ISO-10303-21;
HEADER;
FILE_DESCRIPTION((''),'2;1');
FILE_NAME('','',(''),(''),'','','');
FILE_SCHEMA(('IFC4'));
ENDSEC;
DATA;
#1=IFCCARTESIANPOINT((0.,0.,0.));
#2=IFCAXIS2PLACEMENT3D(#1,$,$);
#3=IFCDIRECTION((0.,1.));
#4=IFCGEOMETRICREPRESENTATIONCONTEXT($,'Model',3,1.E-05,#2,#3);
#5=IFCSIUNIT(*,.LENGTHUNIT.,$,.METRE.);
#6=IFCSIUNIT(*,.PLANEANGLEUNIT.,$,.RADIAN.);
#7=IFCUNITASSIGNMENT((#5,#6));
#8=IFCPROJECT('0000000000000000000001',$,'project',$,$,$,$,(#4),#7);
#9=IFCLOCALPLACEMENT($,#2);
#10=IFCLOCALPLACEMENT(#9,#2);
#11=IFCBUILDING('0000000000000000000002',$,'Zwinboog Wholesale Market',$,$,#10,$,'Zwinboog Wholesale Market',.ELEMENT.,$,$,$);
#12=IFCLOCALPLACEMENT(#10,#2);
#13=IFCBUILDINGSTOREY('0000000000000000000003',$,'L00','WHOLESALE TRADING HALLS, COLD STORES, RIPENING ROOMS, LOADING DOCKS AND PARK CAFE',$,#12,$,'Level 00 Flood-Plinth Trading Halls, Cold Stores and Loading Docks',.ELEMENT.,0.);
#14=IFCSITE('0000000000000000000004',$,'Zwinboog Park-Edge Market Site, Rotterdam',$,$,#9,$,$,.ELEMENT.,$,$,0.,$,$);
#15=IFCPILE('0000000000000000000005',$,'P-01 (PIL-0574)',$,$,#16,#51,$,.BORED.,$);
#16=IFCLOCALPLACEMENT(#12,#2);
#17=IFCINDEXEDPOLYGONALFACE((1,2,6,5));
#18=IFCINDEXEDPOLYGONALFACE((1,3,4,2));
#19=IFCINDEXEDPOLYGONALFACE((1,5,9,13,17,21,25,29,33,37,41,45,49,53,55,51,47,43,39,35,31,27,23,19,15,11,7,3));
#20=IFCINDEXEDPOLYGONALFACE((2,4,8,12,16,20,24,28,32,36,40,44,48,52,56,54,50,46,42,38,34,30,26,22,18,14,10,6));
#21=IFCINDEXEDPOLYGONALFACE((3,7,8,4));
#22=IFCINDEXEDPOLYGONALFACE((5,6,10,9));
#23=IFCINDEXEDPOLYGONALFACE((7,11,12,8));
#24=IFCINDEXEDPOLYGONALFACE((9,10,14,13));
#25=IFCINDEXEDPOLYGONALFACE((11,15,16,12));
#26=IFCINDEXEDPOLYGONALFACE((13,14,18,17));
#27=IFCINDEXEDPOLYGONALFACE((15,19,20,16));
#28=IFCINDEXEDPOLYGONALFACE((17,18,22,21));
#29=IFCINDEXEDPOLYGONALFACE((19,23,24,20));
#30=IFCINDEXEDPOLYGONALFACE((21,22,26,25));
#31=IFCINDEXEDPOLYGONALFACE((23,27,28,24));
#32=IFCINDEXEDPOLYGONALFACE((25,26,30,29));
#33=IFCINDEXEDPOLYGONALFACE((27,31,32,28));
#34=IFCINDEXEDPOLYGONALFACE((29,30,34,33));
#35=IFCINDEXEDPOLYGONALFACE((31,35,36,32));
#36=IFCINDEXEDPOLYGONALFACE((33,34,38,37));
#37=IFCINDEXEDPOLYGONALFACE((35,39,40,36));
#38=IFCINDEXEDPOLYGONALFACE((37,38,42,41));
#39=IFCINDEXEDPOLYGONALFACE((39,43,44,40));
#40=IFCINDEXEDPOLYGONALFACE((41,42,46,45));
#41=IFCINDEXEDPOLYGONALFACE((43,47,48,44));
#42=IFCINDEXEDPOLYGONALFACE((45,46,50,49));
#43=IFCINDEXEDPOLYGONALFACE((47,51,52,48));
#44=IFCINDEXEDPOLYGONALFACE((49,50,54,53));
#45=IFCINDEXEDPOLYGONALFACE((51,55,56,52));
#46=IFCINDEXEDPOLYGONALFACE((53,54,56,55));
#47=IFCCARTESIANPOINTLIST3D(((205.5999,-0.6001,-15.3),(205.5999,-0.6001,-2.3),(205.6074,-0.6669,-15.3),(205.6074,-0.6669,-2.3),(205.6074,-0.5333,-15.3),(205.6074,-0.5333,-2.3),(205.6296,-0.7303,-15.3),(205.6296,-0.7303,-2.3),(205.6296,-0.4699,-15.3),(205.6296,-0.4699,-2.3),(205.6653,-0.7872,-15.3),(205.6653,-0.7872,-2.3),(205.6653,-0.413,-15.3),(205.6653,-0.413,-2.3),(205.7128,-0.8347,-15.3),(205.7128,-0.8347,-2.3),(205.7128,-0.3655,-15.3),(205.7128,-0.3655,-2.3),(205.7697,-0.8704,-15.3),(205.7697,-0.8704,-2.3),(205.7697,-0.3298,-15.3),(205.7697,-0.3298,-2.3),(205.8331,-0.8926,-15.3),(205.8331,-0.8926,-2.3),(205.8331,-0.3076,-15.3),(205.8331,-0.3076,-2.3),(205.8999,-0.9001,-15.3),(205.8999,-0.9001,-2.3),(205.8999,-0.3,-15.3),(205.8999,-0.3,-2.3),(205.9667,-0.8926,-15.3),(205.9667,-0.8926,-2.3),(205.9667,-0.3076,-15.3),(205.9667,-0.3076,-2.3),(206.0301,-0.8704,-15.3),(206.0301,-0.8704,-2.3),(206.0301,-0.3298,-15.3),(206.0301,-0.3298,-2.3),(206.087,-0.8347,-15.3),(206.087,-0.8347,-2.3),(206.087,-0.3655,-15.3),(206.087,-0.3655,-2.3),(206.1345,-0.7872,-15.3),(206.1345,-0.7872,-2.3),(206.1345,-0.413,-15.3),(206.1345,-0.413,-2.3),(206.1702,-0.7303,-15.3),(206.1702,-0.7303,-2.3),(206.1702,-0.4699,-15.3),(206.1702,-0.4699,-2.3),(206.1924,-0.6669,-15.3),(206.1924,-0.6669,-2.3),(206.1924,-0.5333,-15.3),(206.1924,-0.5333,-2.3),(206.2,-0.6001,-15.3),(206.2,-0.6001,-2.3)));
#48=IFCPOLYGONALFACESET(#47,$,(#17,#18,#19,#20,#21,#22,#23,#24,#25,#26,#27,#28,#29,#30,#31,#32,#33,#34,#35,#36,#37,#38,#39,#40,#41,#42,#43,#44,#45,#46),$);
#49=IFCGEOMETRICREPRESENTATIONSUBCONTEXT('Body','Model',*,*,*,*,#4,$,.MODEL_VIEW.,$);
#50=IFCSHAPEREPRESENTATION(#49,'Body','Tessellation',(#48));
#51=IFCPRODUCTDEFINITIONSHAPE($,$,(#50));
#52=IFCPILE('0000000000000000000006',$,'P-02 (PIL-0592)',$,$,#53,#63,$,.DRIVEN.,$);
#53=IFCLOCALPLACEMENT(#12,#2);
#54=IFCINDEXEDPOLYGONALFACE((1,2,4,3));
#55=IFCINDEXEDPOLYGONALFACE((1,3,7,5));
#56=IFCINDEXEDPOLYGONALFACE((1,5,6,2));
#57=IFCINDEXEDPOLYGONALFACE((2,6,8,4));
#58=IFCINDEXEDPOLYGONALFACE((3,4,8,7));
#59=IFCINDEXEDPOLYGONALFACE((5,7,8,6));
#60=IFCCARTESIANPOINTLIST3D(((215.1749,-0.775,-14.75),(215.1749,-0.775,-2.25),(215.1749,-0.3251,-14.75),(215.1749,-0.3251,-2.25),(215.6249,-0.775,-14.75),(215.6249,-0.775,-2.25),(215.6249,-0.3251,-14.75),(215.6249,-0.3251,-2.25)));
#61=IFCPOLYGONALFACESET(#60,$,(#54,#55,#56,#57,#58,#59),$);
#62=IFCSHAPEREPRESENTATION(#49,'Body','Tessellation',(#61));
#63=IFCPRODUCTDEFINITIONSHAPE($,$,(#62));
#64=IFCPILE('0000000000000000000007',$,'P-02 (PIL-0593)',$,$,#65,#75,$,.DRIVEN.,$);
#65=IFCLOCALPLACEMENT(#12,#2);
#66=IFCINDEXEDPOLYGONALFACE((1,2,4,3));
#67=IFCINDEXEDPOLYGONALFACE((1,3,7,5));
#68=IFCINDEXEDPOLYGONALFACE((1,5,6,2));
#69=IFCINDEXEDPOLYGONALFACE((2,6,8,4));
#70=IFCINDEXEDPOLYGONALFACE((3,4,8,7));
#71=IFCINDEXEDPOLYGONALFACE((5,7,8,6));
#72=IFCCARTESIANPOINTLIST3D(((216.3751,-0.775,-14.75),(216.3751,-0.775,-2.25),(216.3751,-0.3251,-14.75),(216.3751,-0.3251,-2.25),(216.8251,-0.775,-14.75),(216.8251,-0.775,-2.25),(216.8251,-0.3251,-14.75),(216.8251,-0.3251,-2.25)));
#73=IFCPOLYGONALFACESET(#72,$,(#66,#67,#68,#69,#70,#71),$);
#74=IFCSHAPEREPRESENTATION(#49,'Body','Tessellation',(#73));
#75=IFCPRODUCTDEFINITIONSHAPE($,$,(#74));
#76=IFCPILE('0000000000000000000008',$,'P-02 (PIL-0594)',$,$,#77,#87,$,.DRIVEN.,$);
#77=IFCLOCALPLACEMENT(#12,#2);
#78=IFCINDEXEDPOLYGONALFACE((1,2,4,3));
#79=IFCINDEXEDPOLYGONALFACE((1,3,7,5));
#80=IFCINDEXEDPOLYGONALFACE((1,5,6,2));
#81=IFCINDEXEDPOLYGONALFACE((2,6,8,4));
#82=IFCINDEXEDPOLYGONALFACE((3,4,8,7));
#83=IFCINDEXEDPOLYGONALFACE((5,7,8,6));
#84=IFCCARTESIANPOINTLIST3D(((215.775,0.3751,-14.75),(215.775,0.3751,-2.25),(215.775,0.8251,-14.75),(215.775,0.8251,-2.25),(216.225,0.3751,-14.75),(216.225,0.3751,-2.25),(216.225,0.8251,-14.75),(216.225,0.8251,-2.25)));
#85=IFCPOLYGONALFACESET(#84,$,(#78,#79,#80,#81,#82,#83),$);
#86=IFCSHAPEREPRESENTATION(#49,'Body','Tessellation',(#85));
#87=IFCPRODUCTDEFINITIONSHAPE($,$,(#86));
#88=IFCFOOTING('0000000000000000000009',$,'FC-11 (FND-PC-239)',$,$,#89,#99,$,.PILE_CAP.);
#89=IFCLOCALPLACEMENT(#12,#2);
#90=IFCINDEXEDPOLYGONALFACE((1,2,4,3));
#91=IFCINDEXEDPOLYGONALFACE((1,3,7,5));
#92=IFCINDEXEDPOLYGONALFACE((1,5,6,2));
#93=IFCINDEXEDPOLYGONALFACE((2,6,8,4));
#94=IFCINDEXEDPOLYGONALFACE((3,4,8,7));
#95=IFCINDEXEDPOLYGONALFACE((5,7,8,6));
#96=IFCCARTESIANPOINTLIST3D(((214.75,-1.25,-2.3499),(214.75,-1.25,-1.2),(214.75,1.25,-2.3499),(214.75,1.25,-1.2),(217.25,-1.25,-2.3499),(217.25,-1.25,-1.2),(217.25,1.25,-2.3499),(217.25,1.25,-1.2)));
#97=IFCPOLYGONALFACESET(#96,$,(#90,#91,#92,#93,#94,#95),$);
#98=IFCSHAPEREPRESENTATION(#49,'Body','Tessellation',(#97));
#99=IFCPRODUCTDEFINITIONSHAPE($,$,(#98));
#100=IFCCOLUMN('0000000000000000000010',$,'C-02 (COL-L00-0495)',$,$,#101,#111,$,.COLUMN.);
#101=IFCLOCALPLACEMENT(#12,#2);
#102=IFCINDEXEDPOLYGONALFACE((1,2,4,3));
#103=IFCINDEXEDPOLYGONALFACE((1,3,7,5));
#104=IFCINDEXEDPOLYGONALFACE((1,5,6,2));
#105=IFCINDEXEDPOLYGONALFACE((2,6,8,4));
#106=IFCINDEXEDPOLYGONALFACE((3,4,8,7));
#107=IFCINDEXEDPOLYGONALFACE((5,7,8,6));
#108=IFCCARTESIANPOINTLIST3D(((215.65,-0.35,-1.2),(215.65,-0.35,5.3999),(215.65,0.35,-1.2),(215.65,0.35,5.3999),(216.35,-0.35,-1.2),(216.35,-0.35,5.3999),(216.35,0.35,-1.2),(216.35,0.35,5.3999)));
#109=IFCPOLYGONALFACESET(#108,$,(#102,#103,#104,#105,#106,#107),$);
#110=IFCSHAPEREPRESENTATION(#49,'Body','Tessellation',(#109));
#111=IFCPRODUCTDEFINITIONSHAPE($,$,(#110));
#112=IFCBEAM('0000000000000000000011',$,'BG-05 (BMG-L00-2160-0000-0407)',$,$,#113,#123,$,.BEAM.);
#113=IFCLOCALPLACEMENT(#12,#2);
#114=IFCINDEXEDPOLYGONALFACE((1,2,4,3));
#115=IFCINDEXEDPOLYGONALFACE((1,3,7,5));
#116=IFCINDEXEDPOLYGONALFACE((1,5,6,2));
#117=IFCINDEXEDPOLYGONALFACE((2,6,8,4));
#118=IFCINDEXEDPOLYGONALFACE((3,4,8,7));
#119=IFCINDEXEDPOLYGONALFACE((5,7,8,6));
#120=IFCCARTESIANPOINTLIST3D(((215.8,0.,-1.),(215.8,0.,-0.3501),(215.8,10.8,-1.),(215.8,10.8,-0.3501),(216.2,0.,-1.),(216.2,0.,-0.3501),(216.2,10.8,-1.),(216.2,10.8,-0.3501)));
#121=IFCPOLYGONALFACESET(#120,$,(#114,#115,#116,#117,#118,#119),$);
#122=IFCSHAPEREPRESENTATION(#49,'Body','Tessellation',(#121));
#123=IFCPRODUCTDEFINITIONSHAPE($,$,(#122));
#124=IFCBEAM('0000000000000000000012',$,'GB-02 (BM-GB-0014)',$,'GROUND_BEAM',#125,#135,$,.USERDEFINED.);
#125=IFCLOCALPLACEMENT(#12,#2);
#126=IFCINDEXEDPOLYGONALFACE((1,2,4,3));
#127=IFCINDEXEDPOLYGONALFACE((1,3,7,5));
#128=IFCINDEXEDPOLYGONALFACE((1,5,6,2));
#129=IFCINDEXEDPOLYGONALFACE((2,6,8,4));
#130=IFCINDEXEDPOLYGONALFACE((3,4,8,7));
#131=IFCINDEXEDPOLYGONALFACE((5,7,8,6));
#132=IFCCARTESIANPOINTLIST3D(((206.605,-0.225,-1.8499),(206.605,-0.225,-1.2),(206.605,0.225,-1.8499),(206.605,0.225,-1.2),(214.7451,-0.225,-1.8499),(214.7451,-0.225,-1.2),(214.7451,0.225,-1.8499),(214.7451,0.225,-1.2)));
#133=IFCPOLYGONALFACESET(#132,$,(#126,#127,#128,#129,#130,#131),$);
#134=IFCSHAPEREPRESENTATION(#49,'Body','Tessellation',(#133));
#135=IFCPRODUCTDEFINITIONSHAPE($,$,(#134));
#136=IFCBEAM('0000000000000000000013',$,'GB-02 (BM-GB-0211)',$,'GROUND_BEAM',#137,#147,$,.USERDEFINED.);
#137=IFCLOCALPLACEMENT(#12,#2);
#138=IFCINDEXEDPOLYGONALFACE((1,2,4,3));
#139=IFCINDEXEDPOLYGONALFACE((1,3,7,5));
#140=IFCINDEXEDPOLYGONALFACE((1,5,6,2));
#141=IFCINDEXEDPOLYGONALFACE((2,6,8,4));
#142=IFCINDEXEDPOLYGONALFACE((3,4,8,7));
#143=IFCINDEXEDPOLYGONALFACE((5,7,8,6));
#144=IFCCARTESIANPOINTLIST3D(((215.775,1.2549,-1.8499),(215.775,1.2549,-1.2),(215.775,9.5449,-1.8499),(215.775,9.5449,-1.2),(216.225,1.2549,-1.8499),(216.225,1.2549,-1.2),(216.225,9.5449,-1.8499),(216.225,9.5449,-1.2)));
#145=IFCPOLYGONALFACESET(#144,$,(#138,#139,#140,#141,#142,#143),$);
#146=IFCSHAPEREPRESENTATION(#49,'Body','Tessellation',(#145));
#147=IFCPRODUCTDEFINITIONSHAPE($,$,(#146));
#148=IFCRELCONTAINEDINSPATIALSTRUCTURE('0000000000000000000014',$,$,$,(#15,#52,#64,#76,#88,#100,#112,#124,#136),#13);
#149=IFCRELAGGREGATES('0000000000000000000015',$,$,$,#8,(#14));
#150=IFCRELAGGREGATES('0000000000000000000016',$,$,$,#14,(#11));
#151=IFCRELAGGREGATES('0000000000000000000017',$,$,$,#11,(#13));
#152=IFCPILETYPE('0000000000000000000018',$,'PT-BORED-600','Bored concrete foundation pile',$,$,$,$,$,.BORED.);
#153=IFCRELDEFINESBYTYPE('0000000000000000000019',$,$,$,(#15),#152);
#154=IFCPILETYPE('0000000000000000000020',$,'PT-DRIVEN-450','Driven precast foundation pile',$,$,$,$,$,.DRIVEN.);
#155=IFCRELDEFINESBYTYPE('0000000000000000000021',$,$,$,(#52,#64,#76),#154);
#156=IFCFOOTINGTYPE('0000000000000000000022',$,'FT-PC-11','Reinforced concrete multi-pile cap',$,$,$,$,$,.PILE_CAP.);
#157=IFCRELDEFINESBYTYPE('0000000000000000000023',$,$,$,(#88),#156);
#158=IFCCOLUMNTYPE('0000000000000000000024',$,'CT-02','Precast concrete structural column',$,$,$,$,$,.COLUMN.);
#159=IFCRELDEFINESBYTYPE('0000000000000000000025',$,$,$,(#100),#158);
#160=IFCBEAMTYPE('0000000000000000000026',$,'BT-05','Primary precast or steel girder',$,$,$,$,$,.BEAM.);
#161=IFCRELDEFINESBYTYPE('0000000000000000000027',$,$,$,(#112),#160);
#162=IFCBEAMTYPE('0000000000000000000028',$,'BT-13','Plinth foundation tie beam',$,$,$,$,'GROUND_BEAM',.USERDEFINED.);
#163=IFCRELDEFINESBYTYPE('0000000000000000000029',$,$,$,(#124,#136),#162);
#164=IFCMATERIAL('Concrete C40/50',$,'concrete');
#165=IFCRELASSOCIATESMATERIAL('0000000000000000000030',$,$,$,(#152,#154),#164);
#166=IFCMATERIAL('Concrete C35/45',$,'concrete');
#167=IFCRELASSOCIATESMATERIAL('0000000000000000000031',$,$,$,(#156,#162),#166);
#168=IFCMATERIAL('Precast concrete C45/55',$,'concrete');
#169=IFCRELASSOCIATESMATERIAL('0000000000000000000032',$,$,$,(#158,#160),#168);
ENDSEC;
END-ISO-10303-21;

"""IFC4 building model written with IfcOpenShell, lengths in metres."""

from ifc_helpers import new_model, si_unit, direction, frame, origin, origin_2d, place, context, subcontext, project, spatial, rectangle, circle, extrude, material, material_profile, profile_set, type_object, element, save


model = new_model("IFC4")

# Units and contexts
model_context = context("Model", 3, precision=1e-05, world=origin(), true_north=direction((0.0, 1.0)))
body_context = subcontext(model_context, "Body", "Model", "MODEL_VIEW")
ifc_project = project(units=[si_unit("LENGTHUNIT", "METRE"), si_unit("PLANEANGLEUNIT", "RADIAN")], contexts=[model_context])

# Site, building, storey
site_placement = place(None, origin())
site = spatial("IfcSite", under=ifc_project, at=site_placement, Name="Zwinboog Park-Edge Market Site, Rotterdam", CompositionType="ELEMENT", RefElevation=0.0)
building_placement = place(site_placement, origin())
building = spatial("IfcBuilding", under=site, at=building_placement, Name="Zwinboog Wholesale Market", LongName="Zwinboog Wholesale Market", CompositionType="ELEMENT")
storey_placement = place(building_placement, origin())
storey = spatial("IfcBuildingStorey", under=building, at=storey_placement, Name="L00", Description="WHOLESALE TRADING HALLS, COLD STORES, RIPENING ROOMS, LOADING DOCKS AND PARK CAFE", LongName="Level 00 Flood-Plinth Trading Halls, Cold Stores and Loading Docks", CompositionType="ELEMENT", Elevation=0.0)

# Piles
ifc_material_1 = material(Name="Concrete C40/50", Category="concrete")
ifc_material_profile_1 = material_profile(ifc_material_1, circle(Radius=0.3, at=origin_2d()), Name="PILE D600")
ifc_profile_set_1 = profile_set([ifc_material_profile_1], Name="Concrete C40/50")
pile_type_1 = type_object("IfcPileType", Name="PT-BORED-600", Description="Bored concrete foundation pile", PredefinedType="BORED", material=ifc_profile_set_1)
pile_placement = place(storey_placement, frame((205.8999, -0.6001, -2.3), z_axis=(0.0, 0.0, -1.0), x_axis=(1.0, 0.0, 0.0)))
element("IfcPile", 1, at=pile_placement, inside=storey, type_object=pile_type_1, Name="P-01 (PIL-0574)", PredefinedType="BORED", context=body_context, shape_type="SweptSolid", body=[
    extrude(circle(Radius=0.3, at=origin_2d()), origin(), (0.0, 0.0, 1.0), 13.0),
])
ifc_material_profile_2 = material_profile(ifc_material_1, rectangle(XDim=0.45, YDim=0.45, at=origin_2d()), Name="PILE SQ450")
ifc_profile_set_2 = profile_set([ifc_material_profile_2], Name="Concrete C40/50")
pile_type_2 = type_object("IfcPileType", Name="PT-DRIVEN-450", Description="Driven precast foundation pile", PredefinedType="DRIVEN", material=ifc_profile_set_2)
for number, where, z_axis, x_axis, name in (
    (2, (215.3999, -0.55, -2.25), (0.0, 0.0, -1.0), (1.0, 0.0, 0.0), "P-02 (PIL-0592)"),
    (3, (216.6001, -0.55, -2.25), (0.0, 0.0, -1.0), (1.0, 0.0, 0.0), "P-02 (PIL-0593)"),
    (4, (216.0, 0.6001, -2.25), (0.0, 0.0, -1.0), (1.0, 0.0, 0.0), "P-02 (PIL-0594)"),
):
    element("IfcPile", number, at=place(storey_placement, frame(where, z_axis=z_axis, x_axis=x_axis)), inside=storey, type_object=pile_type_2, Name=name, PredefinedType="DRIVEN", context=body_context, shape_type="SweptSolid", body=[
        extrude(rectangle(XDim=0.45, YDim=0.45, at=origin_2d()), origin(), (0.0, 0.0, 1.0), 12.5),
    ])

# Footing
ifc_material_2 = material(Name="Concrete C35/45", Category="concrete")
footing_type = type_object("IfcFootingType", Name="FT-PC-11", Description="Reinforced concrete multi-pile cap", PredefinedType="PILE_CAP", material=ifc_material_2)
footing_placement = place(storey_placement, frame((216.0, 0.0, -2.3499), z_axis=(0.0, 0.0, 1.0), x_axis=(1.0, 0.0, 0.0)))
element("IfcFooting", 5, at=footing_placement, inside=storey, type_object=footing_type, Name="FC-11 (FND-PC-239)", PredefinedType="PILE_CAP", context=body_context, shape_type="SweptSolid", body=[
    extrude(rectangle(XDim=2.5, YDim=2.5, at=origin_2d()), origin(), (0.0, 0.0, 1.0), 1.1499),
])

# Column
ifc_material_3 = material(Name="Precast concrete C45/55", Category="concrete")
ifc_material_profile_3 = material_profile(ifc_material_3, rectangle(XDim=0.7, YDim=0.7, at=origin_2d()), Name="PC 700x700")
ifc_profile_set_3 = profile_set([ifc_material_profile_3], Name="Precast concrete C45/55")
column_type = type_object("IfcColumnType", Name="CT-02", Description="Precast concrete structural column", PredefinedType="COLUMN", material=ifc_profile_set_3)
column_placement = place(storey_placement, frame((216.0, 0.0, -1.2), z_axis=(0.0, 0.0, 1.0), x_axis=(1.0, 0.0, 0.0)))
element("IfcColumn", 6, at=column_placement, inside=storey, type_object=column_type, Name="C-02 (COL-L00-0495)", PredefinedType="COLUMN", context=body_context, shape_type="SweptSolid", body=[
    extrude(rectangle(XDim=0.7, YDim=0.7, at=origin_2d()), origin(), (0.0, 0.0, 1.0), 6.5999),
])

# Beams
ifc_material_profile_4 = material_profile(ifc_material_3, rectangle(XDim=0.3999, YDim=0.6499, at=origin_2d()), Name="PC 400x650")
ifc_profile_set_4 = profile_set([ifc_material_profile_4], Name="Precast concrete C45/55")
beam_type_1 = type_object("IfcBeamType", Name="BT-05", Description="Primary precast or steel girder", PredefinedType="BEAM", material=ifc_profile_set_4)
beam_1_placement = place(storey_placement, frame((216.0, 0.0, -0.675), z_axis=(0.0, 1.0, 0.0), x_axis=(-1.0, 0.0, 0.0)))
element("IfcBeam", 7, at=beam_1_placement, inside=storey, type_object=beam_type_1, Name="BG-05 (BMG-L00-2160-0000-0407)", PredefinedType="BEAM", context=body_context, shape_type="SweptSolid", body=[
    extrude(rectangle(XDim=0.3999, YDim=0.6499, at=origin_2d()), origin(), (0.0, 0.0, 1.0), 10.8),
])
ifc_material_profile_5 = material_profile(ifc_material_2, rectangle(XDim=0.45, YDim=0.6499, at=origin_2d()), Name="RC 450x650")
ifc_profile_set_5 = profile_set([ifc_material_profile_5], Name="Concrete C35/45")
beam_type_2 = type_object("IfcBeamType", Name="BT-13", Description="Plinth foundation tie beam", ElementType="GROUND_BEAM", PredefinedType="USERDEFINED", material=ifc_profile_set_5)
beam_2_placement = place(storey_placement, frame((206.605, 0.0, -1.5249), z_axis=(1.0, 0.0, 0.0), x_axis=(0.0, 1.0, 0.0)))
element("IfcBeam", 8, at=beam_2_placement, inside=storey, type_object=beam_type_2, Name="GB-02 (BM-GB-0014)", ObjectType="GROUND_BEAM", PredefinedType="USERDEFINED", context=body_context, shape_type="SweptSolid", body=[
    extrude(rectangle(XDim=0.45, YDim=0.6499, at=origin_2d()), origin(), (0.0, 0.0, 1.0), 8.1401),
])
beam_3_placement = place(storey_placement, frame((216.0, 1.2549, -1.5249), z_axis=(0.0, 1.0, 0.0), x_axis=(-1.0, 0.0, 0.0)))
element("IfcBeam", 9, at=beam_3_placement, inside=storey, type_object=beam_type_2, Name="GB-02 (BM-GB-0211)", ObjectType="GROUND_BEAM", PredefinedType="USERDEFINED", context=body_context, shape_type="SweptSolid", body=[
    extrude(rectangle(XDim=0.45, YDim=0.6499, at=origin_2d()), origin(), (0.0, 0.0, 1.0), 8.29),
])

save(model, "model.ifc")
